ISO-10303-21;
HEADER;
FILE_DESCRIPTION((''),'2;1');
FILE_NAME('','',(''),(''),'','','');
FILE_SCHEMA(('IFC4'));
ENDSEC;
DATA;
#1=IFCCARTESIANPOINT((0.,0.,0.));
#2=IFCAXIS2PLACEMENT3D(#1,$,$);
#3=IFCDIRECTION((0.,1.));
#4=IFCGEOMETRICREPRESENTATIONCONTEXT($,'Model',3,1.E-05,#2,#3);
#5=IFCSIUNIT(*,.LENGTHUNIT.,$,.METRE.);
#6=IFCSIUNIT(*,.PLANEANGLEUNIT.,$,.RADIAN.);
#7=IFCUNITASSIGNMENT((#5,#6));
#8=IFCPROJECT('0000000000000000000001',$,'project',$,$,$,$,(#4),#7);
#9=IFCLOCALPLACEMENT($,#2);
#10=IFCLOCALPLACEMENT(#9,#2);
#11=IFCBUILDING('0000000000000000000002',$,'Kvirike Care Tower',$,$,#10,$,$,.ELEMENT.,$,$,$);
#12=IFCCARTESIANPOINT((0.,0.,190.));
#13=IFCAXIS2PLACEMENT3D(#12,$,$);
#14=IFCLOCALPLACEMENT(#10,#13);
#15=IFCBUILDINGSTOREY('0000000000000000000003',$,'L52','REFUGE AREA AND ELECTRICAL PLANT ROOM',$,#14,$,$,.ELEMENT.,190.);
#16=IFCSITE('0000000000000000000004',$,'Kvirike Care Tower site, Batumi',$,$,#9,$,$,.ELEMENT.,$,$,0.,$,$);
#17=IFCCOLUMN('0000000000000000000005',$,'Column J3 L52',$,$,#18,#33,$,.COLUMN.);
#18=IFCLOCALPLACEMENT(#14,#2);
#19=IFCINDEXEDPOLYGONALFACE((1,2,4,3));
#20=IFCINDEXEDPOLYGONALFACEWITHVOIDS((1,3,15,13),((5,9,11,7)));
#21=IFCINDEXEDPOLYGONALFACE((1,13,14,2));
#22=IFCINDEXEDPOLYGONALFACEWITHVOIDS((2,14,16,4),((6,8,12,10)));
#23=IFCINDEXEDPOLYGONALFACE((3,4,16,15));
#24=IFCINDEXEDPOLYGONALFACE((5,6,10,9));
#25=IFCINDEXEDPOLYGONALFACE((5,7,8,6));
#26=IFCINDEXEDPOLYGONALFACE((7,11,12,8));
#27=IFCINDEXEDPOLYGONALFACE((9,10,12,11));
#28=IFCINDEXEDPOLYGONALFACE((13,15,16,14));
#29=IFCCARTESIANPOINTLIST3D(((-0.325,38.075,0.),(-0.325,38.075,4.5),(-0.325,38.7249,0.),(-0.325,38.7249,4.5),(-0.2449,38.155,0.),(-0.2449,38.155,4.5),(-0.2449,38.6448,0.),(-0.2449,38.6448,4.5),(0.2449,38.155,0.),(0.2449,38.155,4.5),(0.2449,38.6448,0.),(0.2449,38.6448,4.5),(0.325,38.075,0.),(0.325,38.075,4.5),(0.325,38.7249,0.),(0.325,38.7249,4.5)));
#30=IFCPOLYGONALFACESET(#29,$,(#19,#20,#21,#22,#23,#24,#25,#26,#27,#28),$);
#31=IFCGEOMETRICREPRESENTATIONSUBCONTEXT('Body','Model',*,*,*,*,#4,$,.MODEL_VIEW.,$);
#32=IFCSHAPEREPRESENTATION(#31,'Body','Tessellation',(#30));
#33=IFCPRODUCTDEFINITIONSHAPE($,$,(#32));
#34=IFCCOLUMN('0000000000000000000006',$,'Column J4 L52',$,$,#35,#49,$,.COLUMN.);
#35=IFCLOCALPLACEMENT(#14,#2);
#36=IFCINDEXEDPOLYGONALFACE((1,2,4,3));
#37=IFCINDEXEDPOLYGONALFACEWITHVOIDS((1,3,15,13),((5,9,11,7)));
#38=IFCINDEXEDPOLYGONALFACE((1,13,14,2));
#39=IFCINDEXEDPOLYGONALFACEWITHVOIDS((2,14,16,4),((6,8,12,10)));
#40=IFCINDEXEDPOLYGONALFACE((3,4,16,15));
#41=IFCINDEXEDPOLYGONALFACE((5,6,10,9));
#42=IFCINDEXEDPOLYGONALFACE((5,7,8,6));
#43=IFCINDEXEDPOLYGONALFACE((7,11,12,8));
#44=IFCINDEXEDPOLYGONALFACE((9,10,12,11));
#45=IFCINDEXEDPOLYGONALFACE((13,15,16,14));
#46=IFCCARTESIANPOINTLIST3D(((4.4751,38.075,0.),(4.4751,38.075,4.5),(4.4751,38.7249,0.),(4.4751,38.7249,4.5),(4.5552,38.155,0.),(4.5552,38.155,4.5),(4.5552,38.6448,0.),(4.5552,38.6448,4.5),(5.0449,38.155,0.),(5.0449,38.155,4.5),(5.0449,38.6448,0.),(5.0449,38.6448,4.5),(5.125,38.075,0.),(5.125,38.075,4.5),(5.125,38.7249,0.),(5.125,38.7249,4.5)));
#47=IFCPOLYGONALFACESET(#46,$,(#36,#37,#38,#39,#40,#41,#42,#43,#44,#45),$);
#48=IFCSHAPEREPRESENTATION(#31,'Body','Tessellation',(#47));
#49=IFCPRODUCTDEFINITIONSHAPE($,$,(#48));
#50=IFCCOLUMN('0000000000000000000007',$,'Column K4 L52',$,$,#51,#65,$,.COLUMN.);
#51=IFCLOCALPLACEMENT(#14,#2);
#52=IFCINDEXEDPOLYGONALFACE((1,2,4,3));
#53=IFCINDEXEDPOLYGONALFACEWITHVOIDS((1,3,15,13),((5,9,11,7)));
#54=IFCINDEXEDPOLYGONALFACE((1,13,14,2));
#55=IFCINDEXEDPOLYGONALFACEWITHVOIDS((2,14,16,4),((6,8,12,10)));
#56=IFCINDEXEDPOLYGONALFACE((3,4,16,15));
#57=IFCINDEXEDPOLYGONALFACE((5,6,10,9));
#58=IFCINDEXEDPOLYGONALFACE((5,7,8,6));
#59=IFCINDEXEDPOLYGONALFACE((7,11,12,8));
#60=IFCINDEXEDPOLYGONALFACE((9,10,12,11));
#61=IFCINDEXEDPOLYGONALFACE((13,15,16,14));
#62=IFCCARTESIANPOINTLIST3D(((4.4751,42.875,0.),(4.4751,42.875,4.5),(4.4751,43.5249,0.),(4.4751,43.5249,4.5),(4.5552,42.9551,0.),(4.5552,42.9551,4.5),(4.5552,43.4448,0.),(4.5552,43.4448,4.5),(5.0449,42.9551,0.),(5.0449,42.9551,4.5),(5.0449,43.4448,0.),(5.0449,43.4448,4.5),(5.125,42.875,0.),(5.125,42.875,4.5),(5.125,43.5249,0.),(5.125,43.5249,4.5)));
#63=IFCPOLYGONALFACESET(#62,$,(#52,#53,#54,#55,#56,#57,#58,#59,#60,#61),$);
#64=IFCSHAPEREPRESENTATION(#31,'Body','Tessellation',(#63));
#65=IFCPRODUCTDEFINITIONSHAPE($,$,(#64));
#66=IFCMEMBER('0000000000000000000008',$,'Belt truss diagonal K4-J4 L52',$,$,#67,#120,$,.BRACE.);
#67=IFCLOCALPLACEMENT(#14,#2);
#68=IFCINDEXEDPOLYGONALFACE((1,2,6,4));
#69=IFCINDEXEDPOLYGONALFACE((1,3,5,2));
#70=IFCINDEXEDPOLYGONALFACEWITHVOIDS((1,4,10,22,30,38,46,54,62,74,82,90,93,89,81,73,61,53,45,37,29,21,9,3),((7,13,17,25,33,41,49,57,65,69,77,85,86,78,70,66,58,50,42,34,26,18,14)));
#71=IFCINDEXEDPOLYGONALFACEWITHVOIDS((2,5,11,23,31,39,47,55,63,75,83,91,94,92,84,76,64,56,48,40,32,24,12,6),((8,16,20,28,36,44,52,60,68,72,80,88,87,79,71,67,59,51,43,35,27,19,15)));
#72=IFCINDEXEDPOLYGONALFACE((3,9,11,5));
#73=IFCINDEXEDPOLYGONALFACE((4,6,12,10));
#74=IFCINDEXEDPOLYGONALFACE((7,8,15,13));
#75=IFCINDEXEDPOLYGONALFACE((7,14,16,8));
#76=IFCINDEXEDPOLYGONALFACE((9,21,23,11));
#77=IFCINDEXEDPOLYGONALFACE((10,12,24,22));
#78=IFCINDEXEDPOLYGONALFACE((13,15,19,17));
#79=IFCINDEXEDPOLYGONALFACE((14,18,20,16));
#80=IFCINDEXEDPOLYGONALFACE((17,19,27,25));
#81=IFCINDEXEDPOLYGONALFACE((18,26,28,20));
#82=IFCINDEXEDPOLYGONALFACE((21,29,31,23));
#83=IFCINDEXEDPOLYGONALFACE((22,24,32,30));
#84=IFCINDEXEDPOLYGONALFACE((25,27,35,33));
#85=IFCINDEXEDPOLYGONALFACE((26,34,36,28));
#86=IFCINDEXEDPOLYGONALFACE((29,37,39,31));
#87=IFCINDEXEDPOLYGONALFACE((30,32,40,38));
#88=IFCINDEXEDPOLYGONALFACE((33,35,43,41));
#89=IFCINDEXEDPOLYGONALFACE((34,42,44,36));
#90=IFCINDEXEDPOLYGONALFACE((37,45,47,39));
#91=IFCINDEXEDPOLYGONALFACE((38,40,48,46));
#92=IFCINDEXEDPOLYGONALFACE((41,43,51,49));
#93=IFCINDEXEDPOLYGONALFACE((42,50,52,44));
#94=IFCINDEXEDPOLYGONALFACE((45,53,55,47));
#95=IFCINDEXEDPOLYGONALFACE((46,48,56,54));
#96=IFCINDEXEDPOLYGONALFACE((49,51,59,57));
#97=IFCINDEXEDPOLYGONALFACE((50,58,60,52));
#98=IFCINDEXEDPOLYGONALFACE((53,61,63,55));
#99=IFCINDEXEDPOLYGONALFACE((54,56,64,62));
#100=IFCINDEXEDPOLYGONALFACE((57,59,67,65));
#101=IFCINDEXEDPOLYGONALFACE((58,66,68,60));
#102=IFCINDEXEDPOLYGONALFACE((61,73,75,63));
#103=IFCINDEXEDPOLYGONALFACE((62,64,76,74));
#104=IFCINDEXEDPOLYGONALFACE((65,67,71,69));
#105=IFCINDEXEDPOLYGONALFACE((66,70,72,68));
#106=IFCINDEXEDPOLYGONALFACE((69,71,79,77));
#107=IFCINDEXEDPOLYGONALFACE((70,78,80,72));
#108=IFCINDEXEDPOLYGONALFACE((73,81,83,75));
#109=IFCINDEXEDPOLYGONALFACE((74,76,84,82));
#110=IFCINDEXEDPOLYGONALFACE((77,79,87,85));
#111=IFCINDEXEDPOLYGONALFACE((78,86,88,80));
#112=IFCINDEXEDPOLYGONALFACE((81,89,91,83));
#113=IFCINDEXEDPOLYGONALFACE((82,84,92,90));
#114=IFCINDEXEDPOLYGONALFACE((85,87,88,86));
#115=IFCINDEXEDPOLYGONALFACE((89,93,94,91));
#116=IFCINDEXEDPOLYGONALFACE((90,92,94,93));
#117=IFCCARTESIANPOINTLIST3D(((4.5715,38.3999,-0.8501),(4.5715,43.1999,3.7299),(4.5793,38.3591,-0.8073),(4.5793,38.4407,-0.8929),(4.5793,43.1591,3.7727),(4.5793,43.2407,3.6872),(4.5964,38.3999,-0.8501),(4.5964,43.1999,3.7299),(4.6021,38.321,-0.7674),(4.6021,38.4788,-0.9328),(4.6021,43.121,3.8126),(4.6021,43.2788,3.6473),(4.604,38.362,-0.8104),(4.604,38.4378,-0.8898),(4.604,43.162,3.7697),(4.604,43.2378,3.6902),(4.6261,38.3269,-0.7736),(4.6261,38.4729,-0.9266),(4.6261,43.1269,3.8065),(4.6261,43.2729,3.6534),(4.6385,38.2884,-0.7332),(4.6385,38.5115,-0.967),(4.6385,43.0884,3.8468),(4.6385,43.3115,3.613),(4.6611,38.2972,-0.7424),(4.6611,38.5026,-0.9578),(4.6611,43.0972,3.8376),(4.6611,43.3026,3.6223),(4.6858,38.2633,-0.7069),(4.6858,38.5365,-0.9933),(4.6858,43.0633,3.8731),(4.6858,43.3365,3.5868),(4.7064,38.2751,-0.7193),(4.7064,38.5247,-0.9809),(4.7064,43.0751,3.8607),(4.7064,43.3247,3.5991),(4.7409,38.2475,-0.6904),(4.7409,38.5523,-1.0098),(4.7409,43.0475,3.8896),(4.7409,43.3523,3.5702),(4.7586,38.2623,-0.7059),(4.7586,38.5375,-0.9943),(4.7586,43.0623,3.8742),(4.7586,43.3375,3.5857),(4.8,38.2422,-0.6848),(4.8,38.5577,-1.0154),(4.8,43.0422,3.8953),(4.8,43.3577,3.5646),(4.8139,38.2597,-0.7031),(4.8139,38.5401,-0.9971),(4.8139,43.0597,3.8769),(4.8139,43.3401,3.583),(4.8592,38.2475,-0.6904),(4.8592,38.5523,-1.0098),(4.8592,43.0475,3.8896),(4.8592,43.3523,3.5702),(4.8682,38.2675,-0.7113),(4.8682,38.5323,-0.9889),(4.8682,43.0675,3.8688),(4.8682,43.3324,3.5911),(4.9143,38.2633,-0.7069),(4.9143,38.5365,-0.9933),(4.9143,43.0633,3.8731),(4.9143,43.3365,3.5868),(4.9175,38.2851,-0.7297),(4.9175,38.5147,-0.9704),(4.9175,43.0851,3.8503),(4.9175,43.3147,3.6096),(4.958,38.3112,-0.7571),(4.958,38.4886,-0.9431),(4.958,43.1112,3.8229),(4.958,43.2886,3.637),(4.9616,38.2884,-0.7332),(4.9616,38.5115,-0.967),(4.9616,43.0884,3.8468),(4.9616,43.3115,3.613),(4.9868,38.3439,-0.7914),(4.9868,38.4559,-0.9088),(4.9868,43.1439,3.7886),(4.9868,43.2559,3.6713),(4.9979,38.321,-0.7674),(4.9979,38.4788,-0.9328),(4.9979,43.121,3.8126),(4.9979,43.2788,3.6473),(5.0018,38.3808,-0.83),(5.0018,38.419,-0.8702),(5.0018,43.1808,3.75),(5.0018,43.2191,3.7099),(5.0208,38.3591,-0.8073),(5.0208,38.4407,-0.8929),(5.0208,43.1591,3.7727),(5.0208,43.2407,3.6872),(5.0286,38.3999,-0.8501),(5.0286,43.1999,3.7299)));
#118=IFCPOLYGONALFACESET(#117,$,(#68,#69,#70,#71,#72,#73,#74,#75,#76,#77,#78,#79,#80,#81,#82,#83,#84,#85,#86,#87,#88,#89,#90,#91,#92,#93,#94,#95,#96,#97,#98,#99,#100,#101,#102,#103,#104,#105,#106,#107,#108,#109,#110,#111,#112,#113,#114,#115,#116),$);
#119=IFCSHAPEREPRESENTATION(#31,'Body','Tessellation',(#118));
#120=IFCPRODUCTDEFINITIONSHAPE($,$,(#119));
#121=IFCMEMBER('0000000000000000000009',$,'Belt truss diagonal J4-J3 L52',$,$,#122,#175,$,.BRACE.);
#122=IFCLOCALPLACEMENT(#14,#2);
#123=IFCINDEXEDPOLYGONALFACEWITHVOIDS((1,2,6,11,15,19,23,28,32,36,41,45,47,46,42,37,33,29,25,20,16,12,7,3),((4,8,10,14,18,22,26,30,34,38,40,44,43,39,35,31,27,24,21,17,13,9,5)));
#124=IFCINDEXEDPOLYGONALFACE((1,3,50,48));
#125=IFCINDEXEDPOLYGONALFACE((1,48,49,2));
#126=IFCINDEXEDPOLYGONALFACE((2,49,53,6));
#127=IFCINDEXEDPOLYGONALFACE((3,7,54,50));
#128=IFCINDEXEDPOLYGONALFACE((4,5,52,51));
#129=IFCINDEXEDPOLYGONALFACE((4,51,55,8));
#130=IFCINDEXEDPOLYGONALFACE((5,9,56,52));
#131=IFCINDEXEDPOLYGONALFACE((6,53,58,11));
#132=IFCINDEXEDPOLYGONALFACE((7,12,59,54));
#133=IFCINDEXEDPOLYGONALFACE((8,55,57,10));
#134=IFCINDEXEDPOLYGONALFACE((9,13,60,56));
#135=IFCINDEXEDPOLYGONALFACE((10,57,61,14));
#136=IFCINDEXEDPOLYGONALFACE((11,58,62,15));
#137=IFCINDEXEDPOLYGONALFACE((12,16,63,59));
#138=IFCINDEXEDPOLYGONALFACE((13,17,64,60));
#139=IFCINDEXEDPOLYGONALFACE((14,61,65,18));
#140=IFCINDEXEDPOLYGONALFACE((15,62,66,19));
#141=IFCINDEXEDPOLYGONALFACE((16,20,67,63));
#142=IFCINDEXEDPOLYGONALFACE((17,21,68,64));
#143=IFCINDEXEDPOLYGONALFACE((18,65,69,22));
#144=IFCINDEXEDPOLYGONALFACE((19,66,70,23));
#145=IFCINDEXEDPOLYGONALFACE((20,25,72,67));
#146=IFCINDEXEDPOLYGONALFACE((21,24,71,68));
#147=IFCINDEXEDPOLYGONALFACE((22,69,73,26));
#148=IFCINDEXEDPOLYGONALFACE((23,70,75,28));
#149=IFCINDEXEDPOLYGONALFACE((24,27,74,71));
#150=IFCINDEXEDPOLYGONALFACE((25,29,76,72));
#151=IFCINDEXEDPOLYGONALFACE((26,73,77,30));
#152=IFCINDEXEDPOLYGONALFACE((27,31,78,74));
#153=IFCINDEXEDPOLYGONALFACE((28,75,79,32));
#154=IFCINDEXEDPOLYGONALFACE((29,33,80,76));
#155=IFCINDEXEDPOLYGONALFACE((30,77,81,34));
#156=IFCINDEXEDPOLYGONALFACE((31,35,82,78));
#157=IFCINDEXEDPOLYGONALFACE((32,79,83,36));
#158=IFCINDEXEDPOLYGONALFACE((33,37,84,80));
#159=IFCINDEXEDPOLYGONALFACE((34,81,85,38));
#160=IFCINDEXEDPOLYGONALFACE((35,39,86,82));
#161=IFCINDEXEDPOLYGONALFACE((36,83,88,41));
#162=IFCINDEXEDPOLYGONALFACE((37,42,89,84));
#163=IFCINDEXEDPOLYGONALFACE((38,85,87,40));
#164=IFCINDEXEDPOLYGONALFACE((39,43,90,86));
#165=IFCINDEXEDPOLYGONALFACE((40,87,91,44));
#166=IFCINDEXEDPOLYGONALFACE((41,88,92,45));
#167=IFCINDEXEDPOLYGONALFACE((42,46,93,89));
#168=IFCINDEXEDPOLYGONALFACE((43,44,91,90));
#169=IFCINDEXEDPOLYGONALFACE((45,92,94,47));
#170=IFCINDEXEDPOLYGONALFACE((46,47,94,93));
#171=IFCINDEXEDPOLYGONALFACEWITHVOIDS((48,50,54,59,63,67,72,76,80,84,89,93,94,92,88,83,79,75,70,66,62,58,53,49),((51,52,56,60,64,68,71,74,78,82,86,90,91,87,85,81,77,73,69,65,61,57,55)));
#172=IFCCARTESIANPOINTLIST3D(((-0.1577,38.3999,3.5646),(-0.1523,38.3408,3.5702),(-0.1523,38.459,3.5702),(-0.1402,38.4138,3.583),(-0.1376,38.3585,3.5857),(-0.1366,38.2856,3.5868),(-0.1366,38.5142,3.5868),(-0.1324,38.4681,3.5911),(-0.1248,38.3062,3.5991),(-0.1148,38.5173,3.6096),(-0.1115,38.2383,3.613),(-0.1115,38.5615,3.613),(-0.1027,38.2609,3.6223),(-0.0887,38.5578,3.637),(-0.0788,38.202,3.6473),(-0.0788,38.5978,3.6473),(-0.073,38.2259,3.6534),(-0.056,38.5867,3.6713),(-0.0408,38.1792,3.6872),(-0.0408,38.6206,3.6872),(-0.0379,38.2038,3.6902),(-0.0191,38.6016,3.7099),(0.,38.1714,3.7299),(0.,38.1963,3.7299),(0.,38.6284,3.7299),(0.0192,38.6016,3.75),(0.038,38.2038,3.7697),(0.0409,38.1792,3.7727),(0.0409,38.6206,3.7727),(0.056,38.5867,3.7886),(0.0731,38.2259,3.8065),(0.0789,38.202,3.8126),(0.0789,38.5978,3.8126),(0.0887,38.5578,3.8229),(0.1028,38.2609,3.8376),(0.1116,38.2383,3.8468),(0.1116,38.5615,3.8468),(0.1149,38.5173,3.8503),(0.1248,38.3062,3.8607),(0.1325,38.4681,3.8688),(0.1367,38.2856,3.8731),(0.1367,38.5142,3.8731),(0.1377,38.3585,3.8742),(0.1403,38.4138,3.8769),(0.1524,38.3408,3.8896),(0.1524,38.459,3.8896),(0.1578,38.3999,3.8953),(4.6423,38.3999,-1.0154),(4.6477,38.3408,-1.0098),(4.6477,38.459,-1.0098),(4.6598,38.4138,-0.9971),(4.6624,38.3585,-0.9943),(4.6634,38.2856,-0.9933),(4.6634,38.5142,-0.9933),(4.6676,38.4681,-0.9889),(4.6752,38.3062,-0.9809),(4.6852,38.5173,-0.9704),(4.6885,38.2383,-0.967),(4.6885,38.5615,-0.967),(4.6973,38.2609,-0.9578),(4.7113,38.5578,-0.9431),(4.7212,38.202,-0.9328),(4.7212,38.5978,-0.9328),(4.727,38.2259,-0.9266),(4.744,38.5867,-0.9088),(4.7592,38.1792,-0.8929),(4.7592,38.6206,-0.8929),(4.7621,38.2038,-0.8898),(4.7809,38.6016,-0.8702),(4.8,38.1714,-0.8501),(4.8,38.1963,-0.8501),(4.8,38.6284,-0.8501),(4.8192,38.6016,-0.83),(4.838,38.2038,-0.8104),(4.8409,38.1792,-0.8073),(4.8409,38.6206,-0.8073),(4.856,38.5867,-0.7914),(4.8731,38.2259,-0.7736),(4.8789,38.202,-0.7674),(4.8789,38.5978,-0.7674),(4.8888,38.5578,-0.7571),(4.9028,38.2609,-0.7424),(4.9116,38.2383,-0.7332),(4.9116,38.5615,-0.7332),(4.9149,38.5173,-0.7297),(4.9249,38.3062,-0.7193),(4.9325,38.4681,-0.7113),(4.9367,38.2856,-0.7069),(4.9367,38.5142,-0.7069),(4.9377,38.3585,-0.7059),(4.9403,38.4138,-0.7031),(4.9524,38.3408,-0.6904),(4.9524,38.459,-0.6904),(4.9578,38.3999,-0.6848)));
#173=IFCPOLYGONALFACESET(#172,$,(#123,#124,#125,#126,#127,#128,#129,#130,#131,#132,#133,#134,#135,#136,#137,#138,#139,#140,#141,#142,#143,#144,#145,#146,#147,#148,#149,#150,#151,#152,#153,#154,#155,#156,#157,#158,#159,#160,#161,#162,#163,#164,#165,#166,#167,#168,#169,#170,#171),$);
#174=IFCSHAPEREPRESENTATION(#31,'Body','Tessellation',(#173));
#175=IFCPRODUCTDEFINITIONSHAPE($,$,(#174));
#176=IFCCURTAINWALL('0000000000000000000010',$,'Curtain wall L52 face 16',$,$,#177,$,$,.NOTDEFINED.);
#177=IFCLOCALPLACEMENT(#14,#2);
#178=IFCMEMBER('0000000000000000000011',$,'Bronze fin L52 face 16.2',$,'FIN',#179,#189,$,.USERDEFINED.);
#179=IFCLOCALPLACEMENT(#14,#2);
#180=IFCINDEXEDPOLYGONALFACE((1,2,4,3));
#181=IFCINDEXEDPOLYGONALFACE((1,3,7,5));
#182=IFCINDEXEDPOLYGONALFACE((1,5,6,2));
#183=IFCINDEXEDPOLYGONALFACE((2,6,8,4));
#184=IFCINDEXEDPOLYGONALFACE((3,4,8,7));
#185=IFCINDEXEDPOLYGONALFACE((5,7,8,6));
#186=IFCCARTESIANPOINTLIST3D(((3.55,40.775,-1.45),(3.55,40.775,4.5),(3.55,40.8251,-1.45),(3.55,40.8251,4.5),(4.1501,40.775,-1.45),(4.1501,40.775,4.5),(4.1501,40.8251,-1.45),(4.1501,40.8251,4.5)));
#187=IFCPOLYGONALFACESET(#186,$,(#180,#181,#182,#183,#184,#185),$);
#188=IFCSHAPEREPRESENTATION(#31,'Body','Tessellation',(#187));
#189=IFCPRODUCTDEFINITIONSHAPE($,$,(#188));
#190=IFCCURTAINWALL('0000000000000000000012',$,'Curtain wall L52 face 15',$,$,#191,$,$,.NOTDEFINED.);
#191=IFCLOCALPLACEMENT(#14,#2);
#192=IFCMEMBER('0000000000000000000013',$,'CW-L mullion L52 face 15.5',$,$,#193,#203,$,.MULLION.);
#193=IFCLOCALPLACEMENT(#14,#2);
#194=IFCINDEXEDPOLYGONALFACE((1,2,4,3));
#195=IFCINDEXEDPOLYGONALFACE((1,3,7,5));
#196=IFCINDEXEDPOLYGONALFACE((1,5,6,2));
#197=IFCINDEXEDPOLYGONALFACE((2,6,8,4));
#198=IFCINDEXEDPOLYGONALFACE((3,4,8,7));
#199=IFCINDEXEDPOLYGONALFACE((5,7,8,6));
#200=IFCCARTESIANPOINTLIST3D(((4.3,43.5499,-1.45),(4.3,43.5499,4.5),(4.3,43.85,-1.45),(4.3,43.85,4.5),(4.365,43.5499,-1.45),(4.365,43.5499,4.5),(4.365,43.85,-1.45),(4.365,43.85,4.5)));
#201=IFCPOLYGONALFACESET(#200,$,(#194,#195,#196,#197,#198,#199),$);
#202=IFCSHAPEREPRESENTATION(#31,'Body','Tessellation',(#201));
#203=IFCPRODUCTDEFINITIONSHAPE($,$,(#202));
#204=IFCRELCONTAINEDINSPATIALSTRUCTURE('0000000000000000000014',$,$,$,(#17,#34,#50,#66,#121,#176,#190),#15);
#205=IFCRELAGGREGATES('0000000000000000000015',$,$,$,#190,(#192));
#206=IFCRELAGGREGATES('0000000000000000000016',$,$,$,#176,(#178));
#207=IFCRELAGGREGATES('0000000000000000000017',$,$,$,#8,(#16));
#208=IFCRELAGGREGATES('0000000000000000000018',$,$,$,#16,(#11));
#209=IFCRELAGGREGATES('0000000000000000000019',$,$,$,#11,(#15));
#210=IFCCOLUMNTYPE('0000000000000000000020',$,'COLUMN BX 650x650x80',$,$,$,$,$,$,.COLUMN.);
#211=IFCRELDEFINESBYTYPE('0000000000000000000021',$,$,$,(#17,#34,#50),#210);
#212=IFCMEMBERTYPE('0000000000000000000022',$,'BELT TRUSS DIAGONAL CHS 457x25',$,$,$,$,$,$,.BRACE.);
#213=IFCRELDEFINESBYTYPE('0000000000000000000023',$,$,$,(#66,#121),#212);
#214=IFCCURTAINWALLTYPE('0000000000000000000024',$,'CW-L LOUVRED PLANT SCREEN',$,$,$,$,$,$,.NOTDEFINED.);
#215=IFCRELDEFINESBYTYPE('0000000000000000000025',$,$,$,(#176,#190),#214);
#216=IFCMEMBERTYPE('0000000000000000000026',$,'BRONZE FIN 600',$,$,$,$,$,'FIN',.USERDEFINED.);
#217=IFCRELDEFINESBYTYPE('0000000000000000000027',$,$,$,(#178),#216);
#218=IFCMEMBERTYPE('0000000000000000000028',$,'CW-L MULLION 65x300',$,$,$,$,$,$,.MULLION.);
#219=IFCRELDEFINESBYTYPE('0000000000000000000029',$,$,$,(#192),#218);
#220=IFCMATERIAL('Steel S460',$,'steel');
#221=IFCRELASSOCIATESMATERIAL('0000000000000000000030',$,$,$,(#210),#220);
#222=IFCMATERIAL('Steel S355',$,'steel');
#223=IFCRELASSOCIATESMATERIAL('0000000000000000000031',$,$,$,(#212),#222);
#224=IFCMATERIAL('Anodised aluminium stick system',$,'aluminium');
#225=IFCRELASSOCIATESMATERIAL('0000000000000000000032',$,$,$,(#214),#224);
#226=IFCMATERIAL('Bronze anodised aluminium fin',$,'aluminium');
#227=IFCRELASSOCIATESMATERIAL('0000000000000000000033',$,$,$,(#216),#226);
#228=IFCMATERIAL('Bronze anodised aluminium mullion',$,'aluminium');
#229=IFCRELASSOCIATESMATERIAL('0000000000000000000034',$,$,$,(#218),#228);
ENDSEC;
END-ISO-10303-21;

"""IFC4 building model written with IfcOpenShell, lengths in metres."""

from ifc_helpers import new_model, si_unit, direction, frame, origin, origin_2d, place, context, subcontext, project, spatial, rectangle, hollow_rectangle, hollow_circle, extrude, material, material_profile, profile_set, type_object, element, aggregate, save


model = new_model("IFC4")

# Units and contexts
model_context = context("Model", 3, precision=1e-05, world=origin(), true_north=direction((0.0, 1.0)))
body_context = subcontext(model_context, "Body", "Model", "MODEL_VIEW")
ifc_project = project(units=[si_unit("LENGTHUNIT", "METRE"), si_unit("PLANEANGLEUNIT", "RADIAN")], contexts=[model_context])

# Site, building, storey
site_placement = place(None, origin())
site = spatial("IfcSite", under=ifc_project, at=site_placement, Name="Kvirike Care Tower site, Batumi", CompositionType="ELEMENT", RefElevation=0.0)
building_placement = place(site_placement, origin())
building = spatial("IfcBuilding", under=site, at=building_placement, Name="Kvirike Care Tower", CompositionType="ELEMENT")
storey_placement = place(building_placement, frame((0.0, 0.0, 190.0)))
storey = spatial("IfcBuildingStorey", under=building, at=storey_placement, Name="L52", Description="REFUGE AREA AND ELECTRICAL PLANT ROOM", CompositionType="ELEMENT", Elevation=190.0)

# Columns
ifc_material_1 = material(Name="Steel S460", Category="steel")
ifc_material_profile_1 = material_profile(ifc_material_1, hollow_rectangle(XDim=0.6499, YDim=0.6499, WallThickness=0.0801, at=origin_2d()), Name="BX 650x650x80")
ifc_profile_set_1 = profile_set([ifc_material_profile_1], Name="Steel S460")
column_type = type_object("IfcColumnType", Name="COLUMN BX 650x650x80", PredefinedType="COLUMN", material=ifc_profile_set_1)
for number, where, z_axis, x_axis, name in (
    (1, (0.0, 38.3999, 0.0), (0.0, 0.0, 1.0), (0.0, 1.0, 0.0), "Column J3 L52"),
    (2, (4.8, 38.3999, 0.0), (0.0, 0.0, 1.0), (0.0, 1.0, 0.0), "Column J4 L52"),
    (3, (4.8, 43.2, 0.0), (0.0, 0.0, 1.0), (0.0, 1.0, 0.0), "Column K4 L52"),
):
    element("IfcColumn", number, at=place(storey_placement, frame(where, z_axis=z_axis, x_axis=x_axis)), inside=storey, type_object=column_type, Name=name, PredefinedType="COLUMN", context=body_context, shape_type="SweptSolid", body=[
        extrude(hollow_rectangle(XDim=0.6499, YDim=0.6499, WallThickness=0.0801, at=origin_2d()), origin(), (0.0, 0.0, 1.0), 4.5),
    ])

# Members
ifc_material_2 = material(Name="Steel S355", Category="steel")
ifc_material_profile_2 = material_profile(ifc_material_2, hollow_circle(Radius=0.2285, WallThickness=0.0249, at=origin_2d()), Name="CHS 457x25")
ifc_profile_set_2 = profile_set([ifc_material_profile_2], Name="Steel S355")
member_type_1 = type_object("IfcMemberType", Name="BELT TRUSS DIAGONAL CHS 457x25", PredefinedType="BRACE", material=ifc_profile_set_2)
for number, where, z_axis, x_axis, name in (
    (4, (4.8, 38.3999, -0.8501), (0.0, 0.72349, 0.690335), (-1.0, 0.0, 0.0), "Belt truss diagonal K4-J4 L52"),
    (5, (4.8, 38.3999, -0.8501), (-0.72349, 0.0, 0.690335), (0.0, -1.0, 0.0), "Belt truss diagonal J4-J3 L52"),
):
    element("IfcMember", number, at=place(storey_placement, frame(where, z_axis=z_axis, x_axis=x_axis)), inside=storey, type_object=member_type_1, Name=name, PredefinedType="BRACE", context=body_context, shape_type="SweptSolid", body=[
        extrude(hollow_circle(Radius=0.2285, WallThickness=0.0249, at=origin_2d()), origin(), (0.0, 0.0, 1.0), 6.6345),
    ])

# Curtain walls, members
ifc_material_3 = material(Name="Anodised aluminium stick system", Category="aluminium")
curtain_wall_type = type_object("IfcCurtainWallType", Name="CW-L LOUVRED PLANT SCREEN", PredefinedType="NOTDEFINED", material=ifc_material_3)
curtain_wall_1_placement = place(storey_placement, origin())
curtain_wall_1 = element("IfcCurtainWall", 6, at=curtain_wall_1_placement, inside=storey, type_object=curtain_wall_type, Name="Curtain wall L52 face 16", PredefinedType="NOTDEFINED")
ifc_material_4 = material(Name="Bronze anodised aluminium fin", Category="aluminium")
ifc_material_profile_3 = material_profile(ifc_material_4, rectangle(XDim=0.05, YDim=0.6001, at=origin_2d()), Name="BRONZE FIN 600")
ifc_profile_set_3 = profile_set([ifc_material_profile_3], Name="Bronze anodised aluminium fin")
member_type_2 = type_object("IfcMemberType", Name="BRONZE FIN 600", ElementType="FIN", PredefinedType="USERDEFINED", material=ifc_profile_set_3)
member_1_placement = place(storey_placement, frame((3.8501, 40.8, -1.45), z_axis=(0.0, 0.0, 1.0), x_axis=(0.0, -1.0, 0.0)))
member_1 = element("IfcMember", 7, at=member_1_placement, type_object=member_type_2, Name="Bronze fin L52 face 16.2", ObjectType="FIN", PredefinedType="USERDEFINED", context=body_context, shape_type="SweptSolid", body=[
    extrude(rectangle(XDim=0.05, YDim=0.6001, at=origin_2d()), origin(), (0.0, 0.0, 1.0), 5.95),
])
curtain_wall_2_placement = place(storey_placement, origin())
curtain_wall_2 = element("IfcCurtainWall", 8, at=curtain_wall_2_placement, inside=storey, type_object=curtain_wall_type, Name="Curtain wall L52 face 15", PredefinedType="NOTDEFINED")
ifc_material_5 = material(Name="Bronze anodised aluminium mullion", Category="aluminium")
ifc_material_profile_4 = material_profile(ifc_material_5, rectangle(XDim=0.0649, YDim=0.3, at=origin_2d()), Name="CW-L MULLION 65x300")
ifc_profile_set_4 = profile_set([ifc_material_profile_4], Name="Bronze anodised aluminium mullion")
member_type_3 = type_object("IfcMemberType", Name="CW-L MULLION 65x300", PredefinedType="MULLION", material=ifc_profile_set_4)
member_2_placement = place(storey_placement, frame((4.3325, 43.7, -1.45), z_axis=(0.0, 0.0, 1.0), x_axis=(-1.0, 0.0, 0.0)))
member_2 = element("IfcMember", 9, at=member_2_placement, type_object=member_type_3, Name="CW-L mullion L52 face 15.5", PredefinedType="MULLION", context=body_context, shape_type="SweptSolid", body=[
    extrude(rectangle(XDim=0.0649, YDim=0.3, at=origin_2d()), origin(), (0.0, 0.0, 1.0), 5.95),
])
aggregate(curtain_wall_2, [member_2])

aggregate(curtain_wall_1, [member_1])

save(model, "model.ifc")
